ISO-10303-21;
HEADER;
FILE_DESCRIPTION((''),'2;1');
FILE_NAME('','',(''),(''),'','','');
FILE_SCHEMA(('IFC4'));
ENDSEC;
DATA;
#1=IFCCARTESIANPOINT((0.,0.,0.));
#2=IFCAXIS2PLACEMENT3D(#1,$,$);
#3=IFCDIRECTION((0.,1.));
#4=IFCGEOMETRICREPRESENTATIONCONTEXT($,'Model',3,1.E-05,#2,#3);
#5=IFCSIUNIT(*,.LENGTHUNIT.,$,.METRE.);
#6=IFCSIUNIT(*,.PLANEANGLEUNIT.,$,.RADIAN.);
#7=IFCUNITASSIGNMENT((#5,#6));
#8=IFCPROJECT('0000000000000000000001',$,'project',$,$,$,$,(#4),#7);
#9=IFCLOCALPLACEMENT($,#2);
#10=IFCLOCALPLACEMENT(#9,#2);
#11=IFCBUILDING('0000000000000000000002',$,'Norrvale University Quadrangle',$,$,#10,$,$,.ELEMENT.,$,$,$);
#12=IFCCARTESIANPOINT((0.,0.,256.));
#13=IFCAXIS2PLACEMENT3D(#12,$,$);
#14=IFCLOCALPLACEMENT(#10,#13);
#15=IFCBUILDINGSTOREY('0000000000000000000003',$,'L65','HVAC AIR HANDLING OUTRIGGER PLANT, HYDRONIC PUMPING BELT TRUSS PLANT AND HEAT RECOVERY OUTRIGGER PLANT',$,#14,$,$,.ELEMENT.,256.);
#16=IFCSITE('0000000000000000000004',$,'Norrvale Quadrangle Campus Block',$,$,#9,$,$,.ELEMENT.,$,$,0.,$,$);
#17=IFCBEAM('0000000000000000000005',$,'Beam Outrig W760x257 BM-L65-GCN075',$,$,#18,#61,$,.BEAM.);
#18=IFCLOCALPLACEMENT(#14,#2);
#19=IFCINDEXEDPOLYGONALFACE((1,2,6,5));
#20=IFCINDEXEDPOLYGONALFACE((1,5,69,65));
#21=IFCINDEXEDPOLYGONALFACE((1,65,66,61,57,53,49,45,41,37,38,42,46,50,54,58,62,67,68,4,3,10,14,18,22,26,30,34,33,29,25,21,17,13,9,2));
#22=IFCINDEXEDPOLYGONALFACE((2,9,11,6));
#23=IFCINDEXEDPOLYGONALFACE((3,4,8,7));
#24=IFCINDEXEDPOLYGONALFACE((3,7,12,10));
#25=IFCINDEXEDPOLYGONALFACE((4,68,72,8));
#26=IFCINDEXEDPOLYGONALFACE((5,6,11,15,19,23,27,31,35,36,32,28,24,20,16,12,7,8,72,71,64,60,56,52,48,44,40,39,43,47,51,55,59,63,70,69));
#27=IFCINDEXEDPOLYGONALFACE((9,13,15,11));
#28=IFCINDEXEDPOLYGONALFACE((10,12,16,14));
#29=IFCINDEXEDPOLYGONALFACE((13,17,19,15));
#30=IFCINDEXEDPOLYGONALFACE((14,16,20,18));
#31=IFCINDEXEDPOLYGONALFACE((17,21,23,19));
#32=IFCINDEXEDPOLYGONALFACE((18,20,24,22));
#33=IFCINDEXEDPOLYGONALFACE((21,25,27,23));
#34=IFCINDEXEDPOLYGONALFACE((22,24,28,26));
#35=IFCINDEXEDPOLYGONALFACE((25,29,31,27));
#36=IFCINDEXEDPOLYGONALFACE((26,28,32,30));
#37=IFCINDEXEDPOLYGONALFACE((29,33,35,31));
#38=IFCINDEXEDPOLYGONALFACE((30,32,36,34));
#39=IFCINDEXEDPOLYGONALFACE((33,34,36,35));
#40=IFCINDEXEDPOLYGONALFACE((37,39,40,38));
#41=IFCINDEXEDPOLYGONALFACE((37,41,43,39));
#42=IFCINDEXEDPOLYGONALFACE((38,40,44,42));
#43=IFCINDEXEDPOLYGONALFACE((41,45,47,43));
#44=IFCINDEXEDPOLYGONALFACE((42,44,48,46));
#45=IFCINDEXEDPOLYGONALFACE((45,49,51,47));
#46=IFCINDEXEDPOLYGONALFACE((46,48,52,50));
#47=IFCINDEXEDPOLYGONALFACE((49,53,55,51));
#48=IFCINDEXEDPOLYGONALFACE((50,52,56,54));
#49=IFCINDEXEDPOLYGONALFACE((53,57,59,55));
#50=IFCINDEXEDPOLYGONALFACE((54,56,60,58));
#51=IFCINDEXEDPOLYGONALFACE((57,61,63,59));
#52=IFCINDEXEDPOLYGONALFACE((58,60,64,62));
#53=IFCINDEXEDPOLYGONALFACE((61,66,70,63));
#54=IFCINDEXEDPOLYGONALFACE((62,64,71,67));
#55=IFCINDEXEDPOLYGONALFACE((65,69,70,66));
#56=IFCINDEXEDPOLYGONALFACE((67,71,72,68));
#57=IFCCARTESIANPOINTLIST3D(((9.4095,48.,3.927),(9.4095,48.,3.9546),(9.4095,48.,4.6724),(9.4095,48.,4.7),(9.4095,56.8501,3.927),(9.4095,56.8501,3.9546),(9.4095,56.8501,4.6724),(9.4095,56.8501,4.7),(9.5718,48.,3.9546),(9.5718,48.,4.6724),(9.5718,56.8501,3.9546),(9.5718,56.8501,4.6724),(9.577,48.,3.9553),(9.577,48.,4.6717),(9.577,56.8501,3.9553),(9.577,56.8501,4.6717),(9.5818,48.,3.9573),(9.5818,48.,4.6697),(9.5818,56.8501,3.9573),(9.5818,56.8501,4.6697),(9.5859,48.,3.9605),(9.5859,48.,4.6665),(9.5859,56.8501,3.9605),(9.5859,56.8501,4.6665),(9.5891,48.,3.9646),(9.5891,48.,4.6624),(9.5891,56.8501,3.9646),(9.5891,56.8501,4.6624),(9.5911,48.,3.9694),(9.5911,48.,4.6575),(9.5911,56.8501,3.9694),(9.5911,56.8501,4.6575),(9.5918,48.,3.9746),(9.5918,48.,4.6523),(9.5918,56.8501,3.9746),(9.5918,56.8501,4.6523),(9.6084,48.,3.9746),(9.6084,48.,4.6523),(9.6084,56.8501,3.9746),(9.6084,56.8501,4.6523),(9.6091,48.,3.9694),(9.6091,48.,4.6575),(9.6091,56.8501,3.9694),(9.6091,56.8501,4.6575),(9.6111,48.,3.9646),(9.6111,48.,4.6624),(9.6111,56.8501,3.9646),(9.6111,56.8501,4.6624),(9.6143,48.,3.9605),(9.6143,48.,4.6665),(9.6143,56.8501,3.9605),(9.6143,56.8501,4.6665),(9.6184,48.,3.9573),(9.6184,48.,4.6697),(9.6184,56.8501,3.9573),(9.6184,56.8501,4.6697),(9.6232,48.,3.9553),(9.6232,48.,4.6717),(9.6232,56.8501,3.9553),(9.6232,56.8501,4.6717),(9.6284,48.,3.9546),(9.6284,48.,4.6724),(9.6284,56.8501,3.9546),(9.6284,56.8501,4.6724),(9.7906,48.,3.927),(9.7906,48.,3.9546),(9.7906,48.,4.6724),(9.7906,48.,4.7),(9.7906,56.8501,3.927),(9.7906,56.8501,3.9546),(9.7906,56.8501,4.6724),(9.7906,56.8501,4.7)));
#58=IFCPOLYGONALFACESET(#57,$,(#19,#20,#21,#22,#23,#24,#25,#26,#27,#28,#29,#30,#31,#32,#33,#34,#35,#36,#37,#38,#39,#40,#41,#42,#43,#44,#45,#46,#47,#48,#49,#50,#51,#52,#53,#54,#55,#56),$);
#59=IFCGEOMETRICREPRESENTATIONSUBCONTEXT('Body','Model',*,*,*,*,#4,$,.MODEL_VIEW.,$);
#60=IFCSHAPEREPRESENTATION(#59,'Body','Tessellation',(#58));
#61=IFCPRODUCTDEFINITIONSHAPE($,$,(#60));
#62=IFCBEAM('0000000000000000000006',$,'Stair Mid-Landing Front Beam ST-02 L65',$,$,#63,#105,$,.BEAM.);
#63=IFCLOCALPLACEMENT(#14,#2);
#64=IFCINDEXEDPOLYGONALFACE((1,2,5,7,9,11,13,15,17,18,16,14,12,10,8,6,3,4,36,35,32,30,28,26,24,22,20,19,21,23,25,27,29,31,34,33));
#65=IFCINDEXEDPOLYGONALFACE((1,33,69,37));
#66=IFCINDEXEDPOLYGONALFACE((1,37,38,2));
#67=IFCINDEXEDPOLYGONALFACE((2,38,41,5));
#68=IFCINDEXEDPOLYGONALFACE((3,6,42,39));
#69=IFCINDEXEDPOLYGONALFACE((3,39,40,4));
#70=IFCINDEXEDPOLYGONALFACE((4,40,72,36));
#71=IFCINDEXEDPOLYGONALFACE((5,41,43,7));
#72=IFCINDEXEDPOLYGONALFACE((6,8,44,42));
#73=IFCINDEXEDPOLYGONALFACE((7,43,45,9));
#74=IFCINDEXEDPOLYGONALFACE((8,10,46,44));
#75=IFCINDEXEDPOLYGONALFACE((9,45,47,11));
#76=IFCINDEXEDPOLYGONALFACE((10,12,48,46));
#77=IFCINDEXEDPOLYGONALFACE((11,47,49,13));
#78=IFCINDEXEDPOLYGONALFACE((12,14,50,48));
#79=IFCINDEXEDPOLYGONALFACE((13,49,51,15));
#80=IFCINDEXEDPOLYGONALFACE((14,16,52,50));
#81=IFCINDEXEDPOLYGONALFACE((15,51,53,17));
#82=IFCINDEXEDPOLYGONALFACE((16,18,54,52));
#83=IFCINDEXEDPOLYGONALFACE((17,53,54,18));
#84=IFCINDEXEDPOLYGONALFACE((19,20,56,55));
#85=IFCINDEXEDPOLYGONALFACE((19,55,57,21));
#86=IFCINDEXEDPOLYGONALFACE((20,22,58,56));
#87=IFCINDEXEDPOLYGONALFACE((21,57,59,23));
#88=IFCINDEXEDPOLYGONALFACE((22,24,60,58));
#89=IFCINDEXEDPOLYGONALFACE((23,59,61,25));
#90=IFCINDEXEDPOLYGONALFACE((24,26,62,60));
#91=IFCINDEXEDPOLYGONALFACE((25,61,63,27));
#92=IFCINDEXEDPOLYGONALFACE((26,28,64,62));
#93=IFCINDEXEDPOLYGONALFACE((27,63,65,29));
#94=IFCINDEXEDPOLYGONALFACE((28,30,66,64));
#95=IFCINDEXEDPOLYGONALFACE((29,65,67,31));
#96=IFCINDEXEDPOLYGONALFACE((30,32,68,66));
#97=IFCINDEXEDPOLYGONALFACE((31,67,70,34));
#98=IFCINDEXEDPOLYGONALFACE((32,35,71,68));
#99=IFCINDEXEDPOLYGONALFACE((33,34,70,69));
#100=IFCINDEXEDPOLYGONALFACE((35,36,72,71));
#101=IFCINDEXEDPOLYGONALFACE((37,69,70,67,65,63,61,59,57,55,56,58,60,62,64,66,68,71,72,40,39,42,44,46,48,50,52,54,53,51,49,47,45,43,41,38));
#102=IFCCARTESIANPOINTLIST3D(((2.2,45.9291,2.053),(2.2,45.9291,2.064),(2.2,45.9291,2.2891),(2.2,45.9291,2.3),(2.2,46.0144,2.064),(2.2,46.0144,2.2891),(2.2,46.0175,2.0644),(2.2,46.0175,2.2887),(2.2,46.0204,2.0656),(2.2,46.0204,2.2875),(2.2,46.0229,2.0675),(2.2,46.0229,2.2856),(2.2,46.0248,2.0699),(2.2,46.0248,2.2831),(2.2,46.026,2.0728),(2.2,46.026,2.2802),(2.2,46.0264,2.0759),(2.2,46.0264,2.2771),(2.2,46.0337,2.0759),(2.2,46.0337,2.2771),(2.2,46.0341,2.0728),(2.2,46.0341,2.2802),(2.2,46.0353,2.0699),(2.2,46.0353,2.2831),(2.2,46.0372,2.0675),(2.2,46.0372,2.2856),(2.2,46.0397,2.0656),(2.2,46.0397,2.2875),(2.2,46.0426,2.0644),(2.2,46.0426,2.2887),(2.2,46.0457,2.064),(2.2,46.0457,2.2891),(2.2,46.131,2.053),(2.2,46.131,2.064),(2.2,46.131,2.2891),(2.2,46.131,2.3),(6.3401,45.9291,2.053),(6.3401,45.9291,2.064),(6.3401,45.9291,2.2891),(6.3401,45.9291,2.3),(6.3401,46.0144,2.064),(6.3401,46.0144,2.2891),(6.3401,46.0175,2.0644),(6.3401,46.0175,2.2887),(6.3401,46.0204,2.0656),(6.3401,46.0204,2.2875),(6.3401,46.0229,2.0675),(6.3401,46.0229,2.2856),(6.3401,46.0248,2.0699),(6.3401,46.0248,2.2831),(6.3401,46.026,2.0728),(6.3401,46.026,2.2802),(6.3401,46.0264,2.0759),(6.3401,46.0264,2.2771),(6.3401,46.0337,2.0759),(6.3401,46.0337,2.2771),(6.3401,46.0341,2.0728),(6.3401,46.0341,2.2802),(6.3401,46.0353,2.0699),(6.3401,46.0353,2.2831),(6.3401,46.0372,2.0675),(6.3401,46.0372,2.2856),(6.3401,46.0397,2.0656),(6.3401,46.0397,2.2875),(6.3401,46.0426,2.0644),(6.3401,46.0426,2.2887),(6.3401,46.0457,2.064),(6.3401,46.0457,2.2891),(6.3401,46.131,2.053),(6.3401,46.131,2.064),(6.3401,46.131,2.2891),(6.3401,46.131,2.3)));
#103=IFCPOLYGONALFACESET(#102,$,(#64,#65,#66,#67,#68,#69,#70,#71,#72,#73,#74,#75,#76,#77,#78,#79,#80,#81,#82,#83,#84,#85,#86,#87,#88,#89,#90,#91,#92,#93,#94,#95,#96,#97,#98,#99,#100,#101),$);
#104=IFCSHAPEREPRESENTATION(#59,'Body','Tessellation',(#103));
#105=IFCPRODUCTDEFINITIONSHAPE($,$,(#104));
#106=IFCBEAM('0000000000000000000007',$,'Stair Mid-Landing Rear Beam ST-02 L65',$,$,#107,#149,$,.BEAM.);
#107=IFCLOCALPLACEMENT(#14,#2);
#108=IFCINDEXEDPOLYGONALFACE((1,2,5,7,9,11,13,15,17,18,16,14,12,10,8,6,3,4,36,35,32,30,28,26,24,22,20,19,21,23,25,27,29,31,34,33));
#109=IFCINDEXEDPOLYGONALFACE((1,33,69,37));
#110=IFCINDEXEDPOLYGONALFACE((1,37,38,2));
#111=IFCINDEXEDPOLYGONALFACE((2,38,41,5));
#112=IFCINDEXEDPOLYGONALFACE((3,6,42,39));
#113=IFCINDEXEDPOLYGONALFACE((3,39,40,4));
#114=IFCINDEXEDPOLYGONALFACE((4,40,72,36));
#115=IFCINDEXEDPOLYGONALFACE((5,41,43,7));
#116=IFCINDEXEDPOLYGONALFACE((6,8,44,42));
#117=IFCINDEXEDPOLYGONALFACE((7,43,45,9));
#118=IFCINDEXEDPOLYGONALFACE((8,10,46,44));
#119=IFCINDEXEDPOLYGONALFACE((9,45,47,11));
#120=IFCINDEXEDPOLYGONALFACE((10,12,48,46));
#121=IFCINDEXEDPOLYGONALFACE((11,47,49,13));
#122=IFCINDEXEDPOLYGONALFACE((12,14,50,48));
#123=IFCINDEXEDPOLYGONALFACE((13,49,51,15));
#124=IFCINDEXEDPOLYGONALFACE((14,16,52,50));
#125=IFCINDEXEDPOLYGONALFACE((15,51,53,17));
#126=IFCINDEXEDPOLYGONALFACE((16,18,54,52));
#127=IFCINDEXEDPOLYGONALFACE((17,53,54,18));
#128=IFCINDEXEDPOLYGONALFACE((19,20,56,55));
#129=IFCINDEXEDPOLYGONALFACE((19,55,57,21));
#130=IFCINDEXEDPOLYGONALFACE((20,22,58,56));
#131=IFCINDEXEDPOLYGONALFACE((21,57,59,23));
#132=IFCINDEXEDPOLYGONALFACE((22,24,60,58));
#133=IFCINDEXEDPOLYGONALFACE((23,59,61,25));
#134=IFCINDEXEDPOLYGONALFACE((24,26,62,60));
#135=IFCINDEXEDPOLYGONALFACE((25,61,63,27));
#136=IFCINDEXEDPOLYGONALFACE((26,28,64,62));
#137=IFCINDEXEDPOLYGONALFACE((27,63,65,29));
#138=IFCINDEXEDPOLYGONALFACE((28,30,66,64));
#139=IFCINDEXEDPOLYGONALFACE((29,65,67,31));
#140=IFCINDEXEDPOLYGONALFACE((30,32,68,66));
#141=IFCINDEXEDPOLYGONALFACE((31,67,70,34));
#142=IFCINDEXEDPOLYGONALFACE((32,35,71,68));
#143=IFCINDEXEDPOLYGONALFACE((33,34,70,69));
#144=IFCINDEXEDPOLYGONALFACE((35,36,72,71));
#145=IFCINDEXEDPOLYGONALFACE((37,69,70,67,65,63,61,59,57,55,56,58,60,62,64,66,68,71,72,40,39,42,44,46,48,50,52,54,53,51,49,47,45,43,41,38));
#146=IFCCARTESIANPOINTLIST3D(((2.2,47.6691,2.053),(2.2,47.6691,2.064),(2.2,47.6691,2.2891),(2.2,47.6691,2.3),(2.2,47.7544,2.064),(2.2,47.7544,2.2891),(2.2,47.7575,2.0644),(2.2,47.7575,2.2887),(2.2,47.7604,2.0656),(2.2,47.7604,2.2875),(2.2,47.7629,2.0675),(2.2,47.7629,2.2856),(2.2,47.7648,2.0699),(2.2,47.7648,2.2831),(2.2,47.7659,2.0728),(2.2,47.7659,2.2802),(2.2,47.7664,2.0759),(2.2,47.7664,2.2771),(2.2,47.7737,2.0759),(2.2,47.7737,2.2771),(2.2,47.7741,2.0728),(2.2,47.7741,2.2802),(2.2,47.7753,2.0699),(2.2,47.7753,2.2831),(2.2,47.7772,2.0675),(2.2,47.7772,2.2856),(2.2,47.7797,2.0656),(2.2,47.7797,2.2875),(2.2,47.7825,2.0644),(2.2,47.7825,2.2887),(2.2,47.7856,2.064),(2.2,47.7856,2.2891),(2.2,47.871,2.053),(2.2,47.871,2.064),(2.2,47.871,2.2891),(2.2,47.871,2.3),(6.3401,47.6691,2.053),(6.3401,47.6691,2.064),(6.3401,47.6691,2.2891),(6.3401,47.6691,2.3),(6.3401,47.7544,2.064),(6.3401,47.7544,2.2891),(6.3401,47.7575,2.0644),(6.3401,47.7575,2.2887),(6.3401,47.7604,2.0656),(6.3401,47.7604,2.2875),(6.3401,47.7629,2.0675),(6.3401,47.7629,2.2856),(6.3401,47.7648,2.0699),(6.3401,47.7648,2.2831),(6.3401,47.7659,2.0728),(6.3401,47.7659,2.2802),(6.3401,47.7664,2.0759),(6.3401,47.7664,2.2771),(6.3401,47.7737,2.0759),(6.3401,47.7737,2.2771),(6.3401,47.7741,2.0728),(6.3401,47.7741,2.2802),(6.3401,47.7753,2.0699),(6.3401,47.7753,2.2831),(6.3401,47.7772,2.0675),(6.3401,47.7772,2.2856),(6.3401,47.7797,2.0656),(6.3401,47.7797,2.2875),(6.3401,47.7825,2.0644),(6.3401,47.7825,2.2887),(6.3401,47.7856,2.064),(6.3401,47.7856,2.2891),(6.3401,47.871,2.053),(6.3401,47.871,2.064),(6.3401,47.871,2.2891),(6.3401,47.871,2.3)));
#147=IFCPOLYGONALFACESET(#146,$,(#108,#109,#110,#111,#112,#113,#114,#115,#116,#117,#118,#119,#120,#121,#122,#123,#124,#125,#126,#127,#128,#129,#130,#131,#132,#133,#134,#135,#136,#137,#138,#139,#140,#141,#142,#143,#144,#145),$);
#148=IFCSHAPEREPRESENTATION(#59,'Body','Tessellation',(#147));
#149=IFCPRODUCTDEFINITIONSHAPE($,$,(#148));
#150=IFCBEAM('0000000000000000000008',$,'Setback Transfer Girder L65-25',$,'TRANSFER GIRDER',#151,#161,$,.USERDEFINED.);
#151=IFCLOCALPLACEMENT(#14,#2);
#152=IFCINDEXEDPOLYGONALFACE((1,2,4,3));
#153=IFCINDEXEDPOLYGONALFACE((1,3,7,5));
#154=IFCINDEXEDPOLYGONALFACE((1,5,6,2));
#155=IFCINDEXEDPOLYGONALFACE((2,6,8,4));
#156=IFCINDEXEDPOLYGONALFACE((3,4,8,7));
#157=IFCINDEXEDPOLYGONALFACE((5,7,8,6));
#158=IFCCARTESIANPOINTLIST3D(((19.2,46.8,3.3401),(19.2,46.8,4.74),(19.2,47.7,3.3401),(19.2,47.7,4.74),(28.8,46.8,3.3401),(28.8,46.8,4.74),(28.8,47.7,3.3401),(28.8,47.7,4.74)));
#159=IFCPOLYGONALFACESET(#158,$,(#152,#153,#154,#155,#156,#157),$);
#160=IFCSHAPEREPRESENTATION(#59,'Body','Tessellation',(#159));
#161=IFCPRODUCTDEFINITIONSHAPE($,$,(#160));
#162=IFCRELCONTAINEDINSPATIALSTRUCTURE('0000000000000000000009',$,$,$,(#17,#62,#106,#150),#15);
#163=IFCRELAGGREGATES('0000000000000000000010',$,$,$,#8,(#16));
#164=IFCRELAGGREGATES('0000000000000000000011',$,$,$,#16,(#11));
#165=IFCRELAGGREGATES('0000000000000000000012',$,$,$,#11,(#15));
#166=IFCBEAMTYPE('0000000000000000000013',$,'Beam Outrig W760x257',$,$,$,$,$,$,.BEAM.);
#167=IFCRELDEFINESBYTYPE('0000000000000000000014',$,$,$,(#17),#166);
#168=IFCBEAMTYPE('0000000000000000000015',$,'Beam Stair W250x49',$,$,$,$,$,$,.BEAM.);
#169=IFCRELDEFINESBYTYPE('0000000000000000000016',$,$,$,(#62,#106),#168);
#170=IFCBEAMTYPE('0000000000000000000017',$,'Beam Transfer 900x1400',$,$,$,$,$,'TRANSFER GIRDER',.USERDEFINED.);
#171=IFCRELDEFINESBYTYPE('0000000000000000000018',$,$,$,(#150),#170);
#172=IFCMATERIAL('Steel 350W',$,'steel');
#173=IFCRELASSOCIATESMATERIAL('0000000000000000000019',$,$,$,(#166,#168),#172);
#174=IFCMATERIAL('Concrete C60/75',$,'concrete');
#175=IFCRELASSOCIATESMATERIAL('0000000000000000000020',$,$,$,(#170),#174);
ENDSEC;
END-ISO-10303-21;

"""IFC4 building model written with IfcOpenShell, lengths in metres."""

from ifc_helpers import new_model, si_unit, direction, frame, origin, origin_2d, place, context, subcontext, project, spatial, rectangle, i_section, extrude, material, material_profile, profile_set, type_object, element, save


model = new_model("IFC4")

# Units and contexts
model_context = context("Model", 3, precision=1e-05, world=origin(), true_north=direction((0.0, 1.0)))
body_context = subcontext(model_context, "Body", "Model", "MODEL_VIEW")
ifc_project = project(units=[si_unit("LENGTHUNIT", "METRE"), si_unit("PLANEANGLEUNIT", "RADIAN")], contexts=[model_context])

# Site, building, storey
site_placement = place(None, origin())
site = spatial("IfcSite", under=ifc_project, at=site_placement, Name="Norrvale Quadrangle Campus Block", CompositionType="ELEMENT", RefElevation=0.0)
building_placement = place(site_placement, origin())
building = spatial("IfcBuilding", under=site, at=building_placement, Name="Norrvale University Quadrangle", CompositionType="ELEMENT")
storey_placement = place(building_placement, frame((0.0, 0.0, 256.0)))
storey = spatial("IfcBuildingStorey", under=building, at=storey_placement, Name="L65", Description="HVAC AIR HANDLING OUTRIGGER PLANT, HYDRONIC PUMPING BELT TRUSS PLANT AND HEAT RECOVERY OUTRIGGER PLANT", CompositionType="ELEMENT", Elevation=256.0)

# Shared definitions
ifc_material_1 = material(Name="Concrete C60/75", Category="concrete")

# Beams
ifc_material_2 = material(Name="Steel 350W", Category="steel")
ifc_material_profile_1 = material_profile(ifc_material_2, i_section(OverallWidth=0.3811, OverallDepth=0.7729, WebThickness=0.0166, FlangeThickness=0.0276, FilletRadius=0.02, at=origin_2d()), Name="Steel 350W")
ifc_profile_set_1 = profile_set([ifc_material_profile_1], Name="Steel 350W")
beam_type_1 = type_object("IfcBeamType", Name="Beam Outrig W760x257", PredefinedType="BEAM", material=ifc_profile_set_1)
beam_1_placement = place(storey_placement, frame((9.6001, 48.0, 4.3135), z_axis=(0.0, 1.0, 0.0), x_axis=(-1.0, 0.0, 0.0)))
element("IfcBeam", 1, at=beam_1_placement, inside=storey, type_object=beam_type_1, Name="Beam Outrig W760x257 BM-L65-GCN075", PredefinedType="BEAM", context=body_context, shape_type="SweptSolid", body=[
    extrude(i_section(OverallWidth=0.3811, OverallDepth=0.7729, WebThickness=0.0166, FlangeThickness=0.0276, FilletRadius=0.02, at=origin_2d()), origin(), (0.0, 0.0, 1.0), 8.8501),
])
ifc_material_profile_2 = material_profile(ifc_material_2, i_section(OverallWidth=0.2019, OverallDepth=0.2471, WebThickness=0.0073, FlangeThickness=0.011, FilletRadius=0.012, at=origin_2d()), Name="Steel 350W")
ifc_profile_set_2 = profile_set([ifc_material_profile_2], Name="Steel 350W")
beam_type_2 = type_object("IfcBeamType", Name="Beam Stair W250x49", PredefinedType="BEAM", material=ifc_profile_set_2)
for number, where, z_axis, x_axis, name in (
    (2, (2.2, 46.03, 2.1765), (1.0, 0.0, 0.0), (0.0, 1.0, 0.0), "Stair Mid-Landing Front Beam ST-02 L65"),
    (3, (2.2, 47.77, 2.1765), (1.0, 0.0, 0.0), (0.0, 1.0, 0.0), "Stair Mid-Landing Rear Beam ST-02 L65"),
):
    element("IfcBeam", number, at=place(storey_placement, frame(where, z_axis=z_axis, x_axis=x_axis)), inside=storey, type_object=beam_type_2, Name=name, PredefinedType="BEAM", context=body_context, shape_type="SweptSolid", body=[
        extrude(i_section(OverallWidth=0.2019, OverallDepth=0.2471, WebThickness=0.0073, FlangeThickness=0.011, FilletRadius=0.012, at=origin_2d()), origin(), (0.0, 0.0, 1.0), 4.1401),
    ])
ifc_material_profile_3 = material_profile(ifc_material_1, rectangle(XDim=0.8999, YDim=1.3999, at=origin_2d()), Name="Concrete C60/75")
ifc_profile_set_3 = profile_set([ifc_material_profile_3], Name="Concrete C60/75")
beam_type_3 = type_object("IfcBeamType", Name="Beam Transfer 900x1400", ElementType="TRANSFER GIRDER", PredefinedType="USERDEFINED", material=ifc_profile_set_3)
beam_2_placement = place(storey_placement, frame((19.2, 47.25, 4.04), z_axis=(1.0, 0.0, 0.0), x_axis=(0.0, 1.0, 0.0)))
element("IfcBeam", 4, at=beam_2_placement, inside=storey, type_object=beam_type_3, Name="Setback Transfer Girder L65-25", ObjectType="TRANSFER GIRDER", PredefinedType="USERDEFINED", context=body_context, shape_type="SweptSolid", body=[
    extrude(rectangle(XDim=0.8999, YDim=1.3999, at=origin_2d()), origin(), (0.0, 0.0, 1.0), 9.6001),
])

save(model, "model.ifc")
